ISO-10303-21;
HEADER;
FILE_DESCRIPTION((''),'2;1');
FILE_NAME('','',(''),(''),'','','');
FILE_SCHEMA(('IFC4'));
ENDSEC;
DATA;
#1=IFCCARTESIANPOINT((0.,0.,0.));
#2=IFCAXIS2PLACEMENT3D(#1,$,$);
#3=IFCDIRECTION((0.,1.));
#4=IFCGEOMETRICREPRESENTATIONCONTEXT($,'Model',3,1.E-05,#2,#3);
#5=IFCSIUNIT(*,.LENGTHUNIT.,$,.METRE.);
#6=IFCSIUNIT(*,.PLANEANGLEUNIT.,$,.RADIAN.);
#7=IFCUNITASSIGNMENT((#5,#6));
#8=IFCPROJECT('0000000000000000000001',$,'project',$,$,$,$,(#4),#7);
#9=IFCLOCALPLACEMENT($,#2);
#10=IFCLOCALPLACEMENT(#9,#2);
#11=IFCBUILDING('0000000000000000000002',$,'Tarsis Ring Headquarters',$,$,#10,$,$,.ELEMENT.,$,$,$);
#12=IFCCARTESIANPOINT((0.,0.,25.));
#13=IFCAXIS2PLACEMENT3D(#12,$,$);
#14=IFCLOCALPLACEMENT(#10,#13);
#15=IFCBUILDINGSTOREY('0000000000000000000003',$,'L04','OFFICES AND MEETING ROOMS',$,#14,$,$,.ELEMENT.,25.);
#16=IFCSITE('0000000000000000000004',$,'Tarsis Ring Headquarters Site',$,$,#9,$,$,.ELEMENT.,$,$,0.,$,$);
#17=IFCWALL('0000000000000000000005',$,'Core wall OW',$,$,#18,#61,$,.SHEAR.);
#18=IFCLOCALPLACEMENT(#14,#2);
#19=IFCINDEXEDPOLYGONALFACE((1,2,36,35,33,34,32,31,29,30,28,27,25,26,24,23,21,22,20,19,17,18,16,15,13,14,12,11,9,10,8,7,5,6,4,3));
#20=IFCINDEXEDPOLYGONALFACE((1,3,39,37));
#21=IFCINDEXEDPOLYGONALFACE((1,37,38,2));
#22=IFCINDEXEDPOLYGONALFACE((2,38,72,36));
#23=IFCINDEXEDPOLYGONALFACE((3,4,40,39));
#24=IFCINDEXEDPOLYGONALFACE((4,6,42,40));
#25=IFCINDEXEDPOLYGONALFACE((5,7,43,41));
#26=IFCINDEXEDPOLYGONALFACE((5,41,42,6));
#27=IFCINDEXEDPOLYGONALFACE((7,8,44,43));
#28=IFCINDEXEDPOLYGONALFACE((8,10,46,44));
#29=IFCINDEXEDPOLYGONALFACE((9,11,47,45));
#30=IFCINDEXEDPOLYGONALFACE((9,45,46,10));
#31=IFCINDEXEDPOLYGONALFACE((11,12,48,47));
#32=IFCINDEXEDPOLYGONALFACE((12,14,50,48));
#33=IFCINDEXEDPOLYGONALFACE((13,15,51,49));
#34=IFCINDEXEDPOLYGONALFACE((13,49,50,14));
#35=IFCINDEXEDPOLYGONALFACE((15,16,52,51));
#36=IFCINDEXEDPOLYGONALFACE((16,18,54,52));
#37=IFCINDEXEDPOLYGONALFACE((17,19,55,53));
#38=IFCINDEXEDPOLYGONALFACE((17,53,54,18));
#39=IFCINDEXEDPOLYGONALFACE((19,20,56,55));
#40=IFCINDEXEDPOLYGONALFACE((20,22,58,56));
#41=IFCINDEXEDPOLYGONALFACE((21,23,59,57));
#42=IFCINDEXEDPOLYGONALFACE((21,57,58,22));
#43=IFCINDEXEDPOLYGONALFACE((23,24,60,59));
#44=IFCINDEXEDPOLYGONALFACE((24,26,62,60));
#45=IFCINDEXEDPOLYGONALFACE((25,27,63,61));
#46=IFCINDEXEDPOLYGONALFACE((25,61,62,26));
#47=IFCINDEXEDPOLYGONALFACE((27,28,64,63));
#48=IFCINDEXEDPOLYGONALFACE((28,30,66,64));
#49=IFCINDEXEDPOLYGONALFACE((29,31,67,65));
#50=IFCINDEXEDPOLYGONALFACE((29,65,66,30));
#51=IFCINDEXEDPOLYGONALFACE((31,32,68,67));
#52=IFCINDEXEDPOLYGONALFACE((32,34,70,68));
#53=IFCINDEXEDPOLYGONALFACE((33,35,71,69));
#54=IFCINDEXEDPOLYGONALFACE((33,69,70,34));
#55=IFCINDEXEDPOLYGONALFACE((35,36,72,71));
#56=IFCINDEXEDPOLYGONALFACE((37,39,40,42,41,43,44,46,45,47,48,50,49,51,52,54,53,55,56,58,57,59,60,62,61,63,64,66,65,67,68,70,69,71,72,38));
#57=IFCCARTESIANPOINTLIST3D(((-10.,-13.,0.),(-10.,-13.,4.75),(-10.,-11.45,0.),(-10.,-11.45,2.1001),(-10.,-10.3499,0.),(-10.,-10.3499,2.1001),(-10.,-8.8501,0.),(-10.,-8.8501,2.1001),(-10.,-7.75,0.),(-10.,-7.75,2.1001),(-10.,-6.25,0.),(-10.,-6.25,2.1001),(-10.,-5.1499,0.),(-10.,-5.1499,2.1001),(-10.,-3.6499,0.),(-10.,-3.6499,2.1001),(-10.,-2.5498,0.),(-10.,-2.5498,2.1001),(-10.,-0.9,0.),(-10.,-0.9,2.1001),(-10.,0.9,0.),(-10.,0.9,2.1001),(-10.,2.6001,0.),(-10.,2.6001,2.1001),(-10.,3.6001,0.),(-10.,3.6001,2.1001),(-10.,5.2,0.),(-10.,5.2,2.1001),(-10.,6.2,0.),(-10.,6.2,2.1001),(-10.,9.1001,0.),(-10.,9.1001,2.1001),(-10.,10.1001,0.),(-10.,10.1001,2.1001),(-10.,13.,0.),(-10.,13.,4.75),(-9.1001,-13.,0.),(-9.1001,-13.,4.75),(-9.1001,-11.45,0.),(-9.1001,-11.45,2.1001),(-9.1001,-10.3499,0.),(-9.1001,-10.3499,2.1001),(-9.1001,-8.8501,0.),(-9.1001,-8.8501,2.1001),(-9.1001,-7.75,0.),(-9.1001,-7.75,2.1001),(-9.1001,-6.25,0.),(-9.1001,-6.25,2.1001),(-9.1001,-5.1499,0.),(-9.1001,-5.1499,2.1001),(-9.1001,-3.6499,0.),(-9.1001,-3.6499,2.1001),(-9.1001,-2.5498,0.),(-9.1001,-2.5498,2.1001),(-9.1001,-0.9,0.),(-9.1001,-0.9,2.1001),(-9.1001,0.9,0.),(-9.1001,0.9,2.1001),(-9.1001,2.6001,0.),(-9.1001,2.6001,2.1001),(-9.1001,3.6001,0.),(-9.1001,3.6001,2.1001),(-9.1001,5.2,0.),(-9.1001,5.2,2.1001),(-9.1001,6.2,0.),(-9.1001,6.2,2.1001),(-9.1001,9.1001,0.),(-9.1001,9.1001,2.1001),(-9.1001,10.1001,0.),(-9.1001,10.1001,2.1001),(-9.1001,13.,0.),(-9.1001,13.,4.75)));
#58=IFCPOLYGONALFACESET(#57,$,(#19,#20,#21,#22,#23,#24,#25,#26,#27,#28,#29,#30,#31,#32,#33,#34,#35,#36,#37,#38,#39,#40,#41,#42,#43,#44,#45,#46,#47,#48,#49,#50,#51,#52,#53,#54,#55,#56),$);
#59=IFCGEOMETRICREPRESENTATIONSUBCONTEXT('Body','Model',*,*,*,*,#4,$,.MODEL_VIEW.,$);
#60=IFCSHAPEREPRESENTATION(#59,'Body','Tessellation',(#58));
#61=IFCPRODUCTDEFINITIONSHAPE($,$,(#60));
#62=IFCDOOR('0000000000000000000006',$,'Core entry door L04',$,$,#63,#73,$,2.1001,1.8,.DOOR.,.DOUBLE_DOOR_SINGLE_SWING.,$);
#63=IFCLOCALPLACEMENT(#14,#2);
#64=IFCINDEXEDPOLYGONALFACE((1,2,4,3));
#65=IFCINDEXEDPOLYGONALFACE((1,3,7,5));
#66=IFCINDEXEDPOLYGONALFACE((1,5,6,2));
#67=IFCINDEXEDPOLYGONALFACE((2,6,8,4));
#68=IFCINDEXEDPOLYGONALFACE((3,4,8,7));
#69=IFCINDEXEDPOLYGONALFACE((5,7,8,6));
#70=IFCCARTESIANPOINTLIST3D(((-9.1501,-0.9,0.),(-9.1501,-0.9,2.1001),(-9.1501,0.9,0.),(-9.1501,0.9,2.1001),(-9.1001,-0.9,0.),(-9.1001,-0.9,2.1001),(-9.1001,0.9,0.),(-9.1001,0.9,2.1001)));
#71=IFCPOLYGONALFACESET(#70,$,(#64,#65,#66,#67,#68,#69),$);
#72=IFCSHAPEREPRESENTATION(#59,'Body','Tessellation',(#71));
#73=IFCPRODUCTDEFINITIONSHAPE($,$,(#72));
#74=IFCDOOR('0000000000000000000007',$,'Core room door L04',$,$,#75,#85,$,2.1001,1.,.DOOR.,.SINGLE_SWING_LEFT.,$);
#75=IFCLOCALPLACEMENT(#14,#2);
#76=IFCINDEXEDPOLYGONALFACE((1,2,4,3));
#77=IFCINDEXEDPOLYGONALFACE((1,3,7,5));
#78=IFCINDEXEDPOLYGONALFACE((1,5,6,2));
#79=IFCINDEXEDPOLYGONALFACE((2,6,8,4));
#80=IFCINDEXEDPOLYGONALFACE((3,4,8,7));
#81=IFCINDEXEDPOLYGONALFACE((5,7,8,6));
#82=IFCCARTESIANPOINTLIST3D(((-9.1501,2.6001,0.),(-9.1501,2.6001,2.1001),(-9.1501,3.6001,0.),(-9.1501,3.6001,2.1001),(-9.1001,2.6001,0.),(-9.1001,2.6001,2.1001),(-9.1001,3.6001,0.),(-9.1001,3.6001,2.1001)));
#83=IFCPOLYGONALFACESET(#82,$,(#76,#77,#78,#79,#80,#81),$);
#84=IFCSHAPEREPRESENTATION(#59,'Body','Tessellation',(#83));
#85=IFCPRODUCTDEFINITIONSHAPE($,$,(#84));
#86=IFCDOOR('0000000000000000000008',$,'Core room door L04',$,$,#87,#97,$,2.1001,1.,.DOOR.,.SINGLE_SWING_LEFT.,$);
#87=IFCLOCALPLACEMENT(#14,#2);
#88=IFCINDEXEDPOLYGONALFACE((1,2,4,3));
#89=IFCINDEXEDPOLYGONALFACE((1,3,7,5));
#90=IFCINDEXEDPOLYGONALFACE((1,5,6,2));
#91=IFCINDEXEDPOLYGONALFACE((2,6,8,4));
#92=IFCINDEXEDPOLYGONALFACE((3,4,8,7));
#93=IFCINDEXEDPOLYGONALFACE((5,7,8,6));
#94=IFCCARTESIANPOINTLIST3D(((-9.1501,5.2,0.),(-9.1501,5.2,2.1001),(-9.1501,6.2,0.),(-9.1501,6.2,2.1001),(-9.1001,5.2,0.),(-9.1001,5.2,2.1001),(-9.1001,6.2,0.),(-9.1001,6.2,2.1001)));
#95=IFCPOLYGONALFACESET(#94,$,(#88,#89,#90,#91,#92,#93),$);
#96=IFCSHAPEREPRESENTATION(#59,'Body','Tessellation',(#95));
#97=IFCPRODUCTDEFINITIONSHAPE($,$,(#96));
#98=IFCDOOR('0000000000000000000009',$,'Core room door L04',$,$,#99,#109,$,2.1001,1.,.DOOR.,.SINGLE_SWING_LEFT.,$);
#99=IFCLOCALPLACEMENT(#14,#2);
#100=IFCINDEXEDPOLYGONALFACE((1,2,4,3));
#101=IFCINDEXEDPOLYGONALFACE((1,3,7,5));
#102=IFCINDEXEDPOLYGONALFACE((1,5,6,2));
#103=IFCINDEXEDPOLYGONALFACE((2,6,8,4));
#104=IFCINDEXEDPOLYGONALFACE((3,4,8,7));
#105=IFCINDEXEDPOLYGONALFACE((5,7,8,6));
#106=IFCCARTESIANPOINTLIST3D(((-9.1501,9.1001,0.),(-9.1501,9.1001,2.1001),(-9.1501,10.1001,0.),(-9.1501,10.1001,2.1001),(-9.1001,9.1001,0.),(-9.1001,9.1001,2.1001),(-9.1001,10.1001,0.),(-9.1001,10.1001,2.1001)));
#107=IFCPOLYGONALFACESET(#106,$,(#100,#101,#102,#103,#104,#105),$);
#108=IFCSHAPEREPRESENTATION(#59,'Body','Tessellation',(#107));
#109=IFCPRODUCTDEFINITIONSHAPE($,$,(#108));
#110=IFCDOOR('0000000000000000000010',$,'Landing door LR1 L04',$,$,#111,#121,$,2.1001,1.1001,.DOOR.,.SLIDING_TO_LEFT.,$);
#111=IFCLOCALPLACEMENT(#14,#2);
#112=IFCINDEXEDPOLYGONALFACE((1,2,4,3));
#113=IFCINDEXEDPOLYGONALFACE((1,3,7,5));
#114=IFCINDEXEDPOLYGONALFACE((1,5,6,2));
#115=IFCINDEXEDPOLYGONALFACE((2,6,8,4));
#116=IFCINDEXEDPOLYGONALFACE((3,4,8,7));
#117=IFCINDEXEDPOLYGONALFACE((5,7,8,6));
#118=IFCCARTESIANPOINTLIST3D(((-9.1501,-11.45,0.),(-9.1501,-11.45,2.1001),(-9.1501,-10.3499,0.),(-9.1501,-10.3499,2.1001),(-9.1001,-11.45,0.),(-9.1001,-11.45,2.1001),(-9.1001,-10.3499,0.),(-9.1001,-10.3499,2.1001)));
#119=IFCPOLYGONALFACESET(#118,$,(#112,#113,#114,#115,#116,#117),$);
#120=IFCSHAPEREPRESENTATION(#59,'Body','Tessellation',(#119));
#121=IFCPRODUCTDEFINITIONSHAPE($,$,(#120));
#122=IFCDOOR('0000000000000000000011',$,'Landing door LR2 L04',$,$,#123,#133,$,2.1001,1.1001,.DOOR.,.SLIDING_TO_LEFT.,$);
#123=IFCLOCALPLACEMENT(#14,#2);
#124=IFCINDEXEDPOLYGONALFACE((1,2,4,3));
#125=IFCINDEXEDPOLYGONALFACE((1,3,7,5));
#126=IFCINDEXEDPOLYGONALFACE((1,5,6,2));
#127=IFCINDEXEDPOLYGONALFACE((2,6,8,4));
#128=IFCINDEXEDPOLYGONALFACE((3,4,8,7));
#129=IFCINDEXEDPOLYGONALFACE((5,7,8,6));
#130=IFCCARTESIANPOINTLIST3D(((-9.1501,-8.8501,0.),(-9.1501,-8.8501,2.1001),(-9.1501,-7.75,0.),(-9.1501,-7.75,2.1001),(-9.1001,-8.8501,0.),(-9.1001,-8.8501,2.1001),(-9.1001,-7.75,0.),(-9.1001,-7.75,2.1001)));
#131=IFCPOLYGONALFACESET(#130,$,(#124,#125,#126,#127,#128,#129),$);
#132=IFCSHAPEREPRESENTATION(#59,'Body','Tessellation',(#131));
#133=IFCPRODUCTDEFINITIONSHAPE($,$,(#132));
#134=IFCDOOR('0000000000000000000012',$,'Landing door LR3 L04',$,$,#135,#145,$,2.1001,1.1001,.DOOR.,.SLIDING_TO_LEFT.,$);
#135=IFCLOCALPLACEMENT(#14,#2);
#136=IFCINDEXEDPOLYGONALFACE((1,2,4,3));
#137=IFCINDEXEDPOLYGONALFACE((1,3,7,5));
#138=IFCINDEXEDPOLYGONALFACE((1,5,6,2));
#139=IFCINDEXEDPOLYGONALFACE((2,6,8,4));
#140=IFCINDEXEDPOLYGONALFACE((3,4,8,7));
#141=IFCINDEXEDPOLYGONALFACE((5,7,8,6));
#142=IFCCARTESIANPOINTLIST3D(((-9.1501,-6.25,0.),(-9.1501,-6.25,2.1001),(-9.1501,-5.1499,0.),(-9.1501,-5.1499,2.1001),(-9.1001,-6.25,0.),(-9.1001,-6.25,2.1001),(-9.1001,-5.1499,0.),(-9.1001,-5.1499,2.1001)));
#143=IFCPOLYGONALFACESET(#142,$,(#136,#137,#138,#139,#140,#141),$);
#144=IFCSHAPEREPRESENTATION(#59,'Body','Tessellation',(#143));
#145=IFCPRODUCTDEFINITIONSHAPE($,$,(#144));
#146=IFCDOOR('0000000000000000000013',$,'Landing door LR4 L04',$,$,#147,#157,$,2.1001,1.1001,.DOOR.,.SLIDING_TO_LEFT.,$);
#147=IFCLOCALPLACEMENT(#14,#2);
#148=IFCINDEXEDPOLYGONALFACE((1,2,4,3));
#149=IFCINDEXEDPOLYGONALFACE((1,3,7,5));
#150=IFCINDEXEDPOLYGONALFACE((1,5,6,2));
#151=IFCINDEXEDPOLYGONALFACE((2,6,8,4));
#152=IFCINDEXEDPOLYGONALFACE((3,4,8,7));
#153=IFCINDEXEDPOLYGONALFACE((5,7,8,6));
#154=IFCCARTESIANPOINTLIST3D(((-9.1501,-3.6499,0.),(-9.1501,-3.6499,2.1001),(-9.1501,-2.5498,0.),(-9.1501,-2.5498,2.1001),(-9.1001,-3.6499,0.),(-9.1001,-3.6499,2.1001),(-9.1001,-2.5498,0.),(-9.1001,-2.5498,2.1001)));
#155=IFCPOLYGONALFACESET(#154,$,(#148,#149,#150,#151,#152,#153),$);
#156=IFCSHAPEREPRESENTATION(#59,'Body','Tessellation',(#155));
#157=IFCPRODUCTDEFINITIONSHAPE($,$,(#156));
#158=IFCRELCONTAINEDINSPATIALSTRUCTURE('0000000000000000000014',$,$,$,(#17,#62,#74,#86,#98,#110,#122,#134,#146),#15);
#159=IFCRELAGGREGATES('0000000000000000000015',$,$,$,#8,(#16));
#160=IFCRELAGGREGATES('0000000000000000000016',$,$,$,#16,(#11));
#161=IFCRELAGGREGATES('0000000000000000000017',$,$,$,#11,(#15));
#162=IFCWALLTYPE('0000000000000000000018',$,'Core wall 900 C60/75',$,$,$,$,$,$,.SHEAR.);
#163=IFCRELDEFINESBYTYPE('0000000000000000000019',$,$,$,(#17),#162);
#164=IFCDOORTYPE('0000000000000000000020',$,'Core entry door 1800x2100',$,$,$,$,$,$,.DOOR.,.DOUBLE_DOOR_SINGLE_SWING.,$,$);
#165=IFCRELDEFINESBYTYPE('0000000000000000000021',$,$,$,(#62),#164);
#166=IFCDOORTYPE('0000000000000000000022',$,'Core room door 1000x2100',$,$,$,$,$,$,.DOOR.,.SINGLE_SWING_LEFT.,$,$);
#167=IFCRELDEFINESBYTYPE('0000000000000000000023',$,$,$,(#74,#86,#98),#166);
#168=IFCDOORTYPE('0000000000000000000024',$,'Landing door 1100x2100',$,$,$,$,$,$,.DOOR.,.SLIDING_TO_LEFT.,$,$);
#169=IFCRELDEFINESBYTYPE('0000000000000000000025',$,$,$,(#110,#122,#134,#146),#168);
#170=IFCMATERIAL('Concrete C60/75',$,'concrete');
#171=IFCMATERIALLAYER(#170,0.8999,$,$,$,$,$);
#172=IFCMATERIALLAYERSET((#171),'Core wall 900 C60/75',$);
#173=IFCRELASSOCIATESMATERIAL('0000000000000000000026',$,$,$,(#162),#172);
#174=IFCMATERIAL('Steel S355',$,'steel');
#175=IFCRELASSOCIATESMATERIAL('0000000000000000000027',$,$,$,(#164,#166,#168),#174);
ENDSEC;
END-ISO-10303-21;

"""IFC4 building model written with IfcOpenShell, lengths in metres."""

from ifc_helpers import new_model, si_unit, direction, frame, frame_2d, origin, place, context, subcontext, project, spatial, rectangle, extrude, material, layer, layer_set, type_object, element, fill, save


model = new_model("IFC4")

# Units and contexts
model_context = context("Model", 3, precision=1e-05, world=origin(), true_north=direction((0.0, 1.0)))
body_context = subcontext(model_context, "Body", "Model", "MODEL_VIEW")
ifc_project = project(units=[si_unit("LENGTHUNIT", "METRE"), si_unit("PLANEANGLEUNIT", "RADIAN")], contexts=[model_context])

# Site, building, storey
site_placement = place(None, origin())
site = spatial("IfcSite", under=ifc_project, at=site_placement, Name="Tarsis Ring Headquarters Site", CompositionType="ELEMENT", RefElevation=0.0)
building_placement = place(site_placement, origin())
building = spatial("IfcBuilding", under=site, at=building_placement, Name="Tarsis Ring Headquarters", CompositionType="ELEMENT")
storey_placement = place(building_placement, frame((0.0, 0.0, 25.0)))
storey = spatial("IfcBuildingStorey", under=building, at=storey_placement, Name="L04", Description="OFFICES AND MEETING ROOMS", CompositionType="ELEMENT", Elevation=25.0)

# Wall, openings, doors
ifc_material_1 = material(Name="Concrete C60/75", Category="concrete")
ifc_layer_1 = layer(ifc_material_1, 0.8999)
ifc_layer_set_1 = layer_set([ifc_layer_1], Name="Core wall 900 C60/75")
wall_type_1 = type_object("IfcWallType", Name="Core wall 900 C60/75", PredefinedType="SHEAR", material=ifc_layer_set_1)
wall_1_placement = place(storey_placement, frame((-9.55, -13.0, 0.0), z_axis=(0.0, 0.0, 1.0), x_axis=(0.0, 1.0, 0.0)))
wall_1 = element("IfcWall", 1, at=wall_1_placement, inside=storey, type_object=wall_type_1, Name="Core wall OW", PredefinedType="SHEAR", context=body_context, shape_type="SweptSolid", body=[
    extrude(rectangle(XDim=26.0, YDim=0.8999, at=frame_2d((13.0, 0.0))), origin(), (0.0, 0.0, 1.0), 4.75),
])
opening_1_placement = place(wall_1_placement, frame((1.55, 0.0, 0.0)))
opening_1 = element("IfcOpeningElement", 2, at=opening_1_placement, cuts=wall_1, PredefinedType="OPENING", context=body_context, shape_type="SweptSolid", body=[
    extrude(rectangle(XDim=1.1001, YDim=2.1001, at=frame_2d((0.55, 1.05))), frame((0.0, 0.46, 0.0), z_axis=(0.0, -1.0, 0.0), x_axis=(1.0, 0.0, 0.0)), (0.0, 0.0, 1.0), 0.9199),
])
opening_2_placement = place(wall_1_placement, frame((4.1499, 0.0, 0.0)))
opening_2 = element("IfcOpeningElement", 3, at=opening_2_placement, cuts=wall_1, PredefinedType="OPENING", context=body_context, shape_type="SweptSolid", body=[
    extrude(rectangle(XDim=1.1001, YDim=2.1001, at=frame_2d((0.55, 1.05))), frame((0.0, 0.46, 0.0), z_axis=(0.0, -1.0, 0.0), x_axis=(1.0, 0.0, 0.0)), (0.0, 0.0, 1.0), 0.9199),
])
opening_3_placement = place(wall_1_placement, frame((6.75, 0.0, 0.0)))
opening_3 = element("IfcOpeningElement", 4, at=opening_3_placement, cuts=wall_1, PredefinedType="OPENING", context=body_context, shape_type="SweptSolid", body=[
    extrude(rectangle(XDim=1.1001, YDim=2.1001, at=frame_2d((0.55, 1.05))), frame((0.0, 0.46, 0.0), z_axis=(0.0, -1.0, 0.0), x_axis=(1.0, 0.0, 0.0)), (0.0, 0.0, 1.0), 0.9199),
])
opening_4_placement = place(wall_1_placement, frame((9.3501, 0.0, 0.0)))
opening_4 = element("IfcOpeningElement", 5, at=opening_4_placement, cuts=wall_1, PredefinedType="OPENING", context=body_context, shape_type="SweptSolid", body=[
    extrude(rectangle(XDim=1.1001, YDim=2.1001, at=frame_2d((0.55, 1.05))), frame((0.0, 0.46, 0.0), z_axis=(0.0, -1.0, 0.0), x_axis=(1.0, 0.0, 0.0)), (0.0, 0.0, 1.0), 0.9199),
])
opening_5_placement = place(wall_1_placement, frame((12.1001, 0.0, 0.0)))
opening_5 = element("IfcOpeningElement", 6, at=opening_5_placement, cuts=wall_1, PredefinedType="OPENING", context=body_context, shape_type="SweptSolid", body=[
    extrude(rectangle(XDim=1.8, YDim=2.1001, at=frame_2d((0.8999, 1.05))), frame((0.0, 0.46, 0.0), z_axis=(0.0, -1.0, 0.0), x_axis=(1.0, 0.0, 0.0)), (0.0, 0.0, 1.0), 0.9199),
])
opening_6_placement = place(wall_1_placement, frame((15.6001, 0.0, 0.0)))
opening_6 = element("IfcOpeningElement", 7, at=opening_6_placement, cuts=wall_1, PredefinedType="OPENING", context=body_context, shape_type="SweptSolid", body=[
    extrude(rectangle(XDim=1.0, YDim=2.1001, at=frame_2d((0.5, 1.05))), frame((0.0, 0.46, 0.0), z_axis=(0.0, -1.0, 0.0), x_axis=(1.0, 0.0, 0.0)), (0.0, 0.0, 1.0), 0.9199),
])
opening_7_placement = place(wall_1_placement, frame((18.2, 0.0, 0.0)))
opening_7 = element("IfcOpeningElement", 8, at=opening_7_placement, cuts=wall_1, PredefinedType="OPENING", context=body_context, shape_type="SweptSolid", body=[
    extrude(rectangle(XDim=1.0, YDim=2.1001, at=frame_2d((0.5, 1.05))), frame((0.0, 0.46, 0.0), z_axis=(0.0, -1.0, 0.0), x_axis=(1.0, 0.0, 0.0)), (0.0, 0.0, 1.0), 0.9199),
])
opening_8_placement = place(wall_1_placement, frame((22.1001, 0.0, 0.0)))
opening_8 = element("IfcOpeningElement", 9, at=opening_8_placement, cuts=wall_1, PredefinedType="OPENING", context=body_context, shape_type="SweptSolid", body=[
    extrude(rectangle(XDim=1.0, YDim=2.1001, at=frame_2d((0.5, 1.05))), frame((0.0, 0.46, 0.0), z_axis=(0.0, -1.0, 0.0), x_axis=(1.0, 0.0, 0.0)), (0.0, 0.0, 1.0), 0.9199),
])
ifc_material_2 = material(Name="Steel S355", Category="steel")
door_type_1 = type_object("IfcDoorType", Name="Core entry door 1800x2100", OperationType="DOUBLE_DOOR_SINGLE_SWING", PredefinedType="DOOR", material=ifc_material_2)
door_1_placement = place(opening_5_placement, origin())
door_1 = element("IfcDoor", 10, at=door_1_placement, inside=storey, type_object=door_type_1, Name="Core entry door L04", OperationType="DOUBLE_DOOR_SINGLE_SWING", OverallHeight=2.1001, OverallWidth=1.8, PredefinedType="DOOR", context=body_context, shape_type="SweptSolid", body=[
    extrude(rectangle(XDim=1.8, YDim=2.1001, at=frame_2d((0.8999, 1.05))), frame((0.0, -0.3999, 0.0), z_axis=(0.0, -1.0, 0.0), x_axis=(1.0, 0.0, 0.0)), (0.0, 0.0, 1.0), 0.05),
])
fill(opening_5, door_1)
door_type_2 = type_object("IfcDoorType", Name="Core room door 1000x2100", OperationType="SINGLE_SWING_LEFT", PredefinedType="DOOR", material=ifc_material_2)
door_2_placement = place(opening_6_placement, origin())
door_2 = element("IfcDoor", 11, at=door_2_placement, inside=storey, type_object=door_type_2, Name="Core room door L04", OperationType="SINGLE_SWING_LEFT", OverallHeight=2.1001, OverallWidth=1.0, PredefinedType="DOOR", context=body_context, shape_type="SweptSolid", body=[
    extrude(rectangle(XDim=1.0, YDim=2.1001, at=frame_2d((0.5, 1.05))), frame((0.0, -0.3999, 0.0), z_axis=(0.0, -1.0, 0.0), x_axis=(1.0, 0.0, 0.0)), (0.0, 0.0, 1.0), 0.05),
])
fill(opening_6, door_2)
door_3_placement = place(opening_7_placement, origin())
door_3 = element("IfcDoor", 12, at=door_3_placement, inside=storey, type_object=door_type_2, Name="Core room door L04", OperationType="SINGLE_SWING_LEFT", OverallHeight=2.1001, OverallWidth=1.0, PredefinedType="DOOR", context=body_context, shape_type="SweptSolid", body=[
    extrude(rectangle(XDim=1.0, YDim=2.1001, at=frame_2d((0.5, 1.05))), frame((0.0, -0.3999, 0.0), z_axis=(0.0, -1.0, 0.0), x_axis=(1.0, 0.0, 0.0)), (0.0, 0.0, 1.0), 0.05),
])
fill(opening_7, door_3)
door_4_placement = place(opening_8_placement, origin())
door_4 = element("IfcDoor", 13, at=door_4_placement, inside=storey, type_object=door_type_2, Name="Core room door L04", OperationType="SINGLE_SWING_LEFT", OverallHeight=2.1001, OverallWidth=1.0, PredefinedType="DOOR", context=body_context, shape_type="SweptSolid", body=[
    extrude(rectangle(XDim=1.0, YDim=2.1001, at=frame_2d((0.5, 1.05))), frame((0.0, -0.3999, 0.0), z_axis=(0.0, -1.0, 0.0), x_axis=(1.0, 0.0, 0.0)), (0.0, 0.0, 1.0), 0.05),
])
fill(opening_8, door_4)
door_type_3 = type_object("IfcDoorType", Name="Landing door 1100x2100", OperationType="SLIDING_TO_LEFT", PredefinedType="DOOR", material=ifc_material_2)
door_5_placement = place(opening_1_placement, origin())
door_5 = element("IfcDoor", 14, at=door_5_placement, inside=storey, type_object=door_type_3, Name="Landing door LR1 L04", OperationType="SLIDING_TO_LEFT", OverallHeight=2.1001, OverallWidth=1.1001, PredefinedType="DOOR", context=body_context, shape_type="SweptSolid", body=[
    extrude(rectangle(XDim=1.1001, YDim=2.1001, at=frame_2d((0.55, 1.05))), frame((0.0, -0.3999, 0.0), z_axis=(0.0, -1.0, 0.0), x_axis=(1.0, 0.0, 0.0)), (0.0, 0.0, 1.0), 0.05),
])
fill(opening_1, door_5)
door_6_placement = place(opening_2_placement, origin())
door_6 = element("IfcDoor", 15, at=door_6_placement, inside=storey, type_object=door_type_3, Name="Landing door LR2 L04", OperationType="SLIDING_TO_LEFT", OverallHeight=2.1001, OverallWidth=1.1001, PredefinedType="DOOR", context=body_context, shape_type="SweptSolid", body=[
    extrude(rectangle(XDim=1.1001, YDim=2.1001, at=frame_2d((0.55, 1.05))), frame((0.0, -0.3999, 0.0), z_axis=(0.0, -1.0, 0.0), x_axis=(1.0, 0.0, 0.0)), (0.0, 0.0, 1.0), 0.05),
])
fill(opening_2, door_6)
door_7_placement = place(opening_3_placement, origin())
door_7 = element("IfcDoor", 16, at=door_7_placement, inside=storey, type_object=door_type_3, Name="Landing door LR3 L04", OperationType="SLIDING_TO_LEFT", OverallHeight=2.1001, OverallWidth=1.1001, PredefinedType="DOOR", context=body_context, shape_type="SweptSolid", body=[
    extrude(rectangle(XDim=1.1001, YDim=2.1001, at=frame_2d((0.55, 1.05))), frame((0.0, -0.3999, 0.0), z_axis=(0.0, -1.0, 0.0), x_axis=(1.0, 0.0, 0.0)), (0.0, 0.0, 1.0), 0.05),
])
fill(opening_3, door_7)
door_8_placement = place(opening_4_placement, origin())
door_8 = element("IfcDoor", 17, at=door_8_placement, inside=storey, type_object=door_type_3, Name="Landing door LR4 L04", OperationType="SLIDING_TO_LEFT", OverallHeight=2.1001, OverallWidth=1.1001, PredefinedType="DOOR", context=body_context, shape_type="SweptSolid", body=[
    extrude(rectangle(XDim=1.1001, YDim=2.1001, at=frame_2d((0.55, 1.05))), frame((0.0, -0.3999, 0.0), z_axis=(0.0, -1.0, 0.0), x_axis=(1.0, 0.0, 0.0)), (0.0, 0.0, 1.0), 0.05),
])
fill(opening_4, door_8)

save(model, "model.ifc")
